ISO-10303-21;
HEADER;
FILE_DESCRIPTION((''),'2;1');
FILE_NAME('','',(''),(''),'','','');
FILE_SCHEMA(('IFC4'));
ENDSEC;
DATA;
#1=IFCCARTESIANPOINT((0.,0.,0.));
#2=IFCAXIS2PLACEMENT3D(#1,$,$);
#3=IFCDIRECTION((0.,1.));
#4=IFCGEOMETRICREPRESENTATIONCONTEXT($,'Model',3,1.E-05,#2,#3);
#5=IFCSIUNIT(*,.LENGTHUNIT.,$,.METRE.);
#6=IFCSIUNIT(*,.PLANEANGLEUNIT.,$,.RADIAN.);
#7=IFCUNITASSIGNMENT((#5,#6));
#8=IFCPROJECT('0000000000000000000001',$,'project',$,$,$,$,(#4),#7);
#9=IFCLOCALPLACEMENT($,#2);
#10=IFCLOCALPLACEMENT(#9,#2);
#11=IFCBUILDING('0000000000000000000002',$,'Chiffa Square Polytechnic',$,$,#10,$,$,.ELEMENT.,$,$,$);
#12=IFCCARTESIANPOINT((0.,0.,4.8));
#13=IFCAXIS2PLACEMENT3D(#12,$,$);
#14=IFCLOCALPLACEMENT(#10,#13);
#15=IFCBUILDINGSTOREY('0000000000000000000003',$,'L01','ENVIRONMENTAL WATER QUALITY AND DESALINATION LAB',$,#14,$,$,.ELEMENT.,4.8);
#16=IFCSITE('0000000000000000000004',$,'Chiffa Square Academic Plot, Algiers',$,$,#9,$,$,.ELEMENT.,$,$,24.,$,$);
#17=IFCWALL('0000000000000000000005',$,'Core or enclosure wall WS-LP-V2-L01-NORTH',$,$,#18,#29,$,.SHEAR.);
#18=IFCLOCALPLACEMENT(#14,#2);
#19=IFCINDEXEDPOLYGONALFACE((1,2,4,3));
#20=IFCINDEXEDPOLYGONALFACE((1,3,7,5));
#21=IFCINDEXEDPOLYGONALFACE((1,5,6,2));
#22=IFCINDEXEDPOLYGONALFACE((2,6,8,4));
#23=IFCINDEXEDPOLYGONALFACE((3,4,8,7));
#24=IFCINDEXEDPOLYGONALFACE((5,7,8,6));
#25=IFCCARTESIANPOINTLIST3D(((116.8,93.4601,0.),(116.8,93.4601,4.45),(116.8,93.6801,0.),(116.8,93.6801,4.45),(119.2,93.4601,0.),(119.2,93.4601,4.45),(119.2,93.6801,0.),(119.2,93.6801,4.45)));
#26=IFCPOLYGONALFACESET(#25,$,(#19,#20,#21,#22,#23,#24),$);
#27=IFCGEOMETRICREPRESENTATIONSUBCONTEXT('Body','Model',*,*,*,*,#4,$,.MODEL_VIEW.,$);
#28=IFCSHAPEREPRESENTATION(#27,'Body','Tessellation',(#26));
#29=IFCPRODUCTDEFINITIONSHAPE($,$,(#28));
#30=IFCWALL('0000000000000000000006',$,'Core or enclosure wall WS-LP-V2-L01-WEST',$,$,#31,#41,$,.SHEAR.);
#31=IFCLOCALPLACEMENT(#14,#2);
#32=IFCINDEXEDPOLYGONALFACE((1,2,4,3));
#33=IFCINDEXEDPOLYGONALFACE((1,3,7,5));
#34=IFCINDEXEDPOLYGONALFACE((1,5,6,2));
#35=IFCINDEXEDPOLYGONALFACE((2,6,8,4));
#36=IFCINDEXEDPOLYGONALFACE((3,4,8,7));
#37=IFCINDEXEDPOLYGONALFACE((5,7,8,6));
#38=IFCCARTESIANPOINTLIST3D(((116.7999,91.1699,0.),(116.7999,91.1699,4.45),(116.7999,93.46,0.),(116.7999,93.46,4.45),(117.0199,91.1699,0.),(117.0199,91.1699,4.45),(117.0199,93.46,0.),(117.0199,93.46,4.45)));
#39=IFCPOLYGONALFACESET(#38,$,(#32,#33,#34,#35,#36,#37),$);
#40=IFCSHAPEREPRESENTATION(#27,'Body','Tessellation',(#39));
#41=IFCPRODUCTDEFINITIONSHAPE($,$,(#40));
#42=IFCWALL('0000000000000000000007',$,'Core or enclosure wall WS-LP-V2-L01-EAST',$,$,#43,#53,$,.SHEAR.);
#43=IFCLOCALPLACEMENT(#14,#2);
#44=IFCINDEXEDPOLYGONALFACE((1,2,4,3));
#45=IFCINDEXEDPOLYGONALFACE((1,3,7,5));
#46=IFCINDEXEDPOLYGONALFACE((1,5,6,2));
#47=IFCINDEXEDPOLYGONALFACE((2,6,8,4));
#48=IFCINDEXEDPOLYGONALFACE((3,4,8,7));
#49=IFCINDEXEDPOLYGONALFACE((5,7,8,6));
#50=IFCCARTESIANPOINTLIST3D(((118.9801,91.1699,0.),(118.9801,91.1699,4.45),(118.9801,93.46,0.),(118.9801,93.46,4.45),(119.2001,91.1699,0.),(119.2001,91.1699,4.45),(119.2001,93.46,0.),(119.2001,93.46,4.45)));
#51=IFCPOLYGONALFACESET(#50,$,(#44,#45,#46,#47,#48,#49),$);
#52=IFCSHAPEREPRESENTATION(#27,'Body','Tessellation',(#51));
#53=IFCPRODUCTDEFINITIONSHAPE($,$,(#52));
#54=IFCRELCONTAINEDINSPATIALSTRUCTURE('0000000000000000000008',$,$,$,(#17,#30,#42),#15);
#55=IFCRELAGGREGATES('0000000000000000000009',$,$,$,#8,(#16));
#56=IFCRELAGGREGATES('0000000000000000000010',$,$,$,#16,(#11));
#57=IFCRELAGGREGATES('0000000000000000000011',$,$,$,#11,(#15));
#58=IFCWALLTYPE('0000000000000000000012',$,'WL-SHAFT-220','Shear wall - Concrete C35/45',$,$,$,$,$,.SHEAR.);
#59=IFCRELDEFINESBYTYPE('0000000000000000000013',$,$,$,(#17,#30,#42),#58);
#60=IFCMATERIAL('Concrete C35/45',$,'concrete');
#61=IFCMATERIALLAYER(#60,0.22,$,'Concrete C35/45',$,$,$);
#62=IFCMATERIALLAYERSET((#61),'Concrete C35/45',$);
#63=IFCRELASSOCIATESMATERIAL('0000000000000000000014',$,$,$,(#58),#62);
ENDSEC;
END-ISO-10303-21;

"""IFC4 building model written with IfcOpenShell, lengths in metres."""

from ifc_helpers import new_model, si_unit, direction, frame, frame_2d, origin, place, context, subcontext, project, spatial, rectangle, extrude, material, layer, layer_set, type_object, element, save


model = new_model("IFC4")

# Units and contexts
model_context = context("Model", 3, precision=1e-05, world=origin(), true_north=direction((0.0, 1.0)))
body_context = subcontext(model_context, "Body", "Model", "MODEL_VIEW")
ifc_project = project(units=[si_unit("LENGTHUNIT", "METRE"), si_unit("PLANEANGLEUNIT", "RADIAN")], contexts=[model_context])

# Site, building, storey
site_placement = place(None, origin())
site = spatial("IfcSite", under=ifc_project, at=site_placement, Name="Chiffa Square Academic Plot, Algiers", CompositionType="ELEMENT", RefElevation=24.0)
building_placement = place(site_placement, origin())
building = spatial("IfcBuilding", under=site, at=building_placement, Name="Chiffa Square Polytechnic", CompositionType="ELEMENT")
storey_placement = place(building_placement, frame((0.0, 0.0, 4.8)))
storey = spatial("IfcBuildingStorey", under=building, at=storey_placement, Name="L01", Description="ENVIRONMENTAL WATER QUALITY AND DESALINATION LAB", CompositionType="ELEMENT", Elevation=4.8)

# Shared definitions
ifc_material_1 = material(Name="Concrete C35/45", Category="concrete")

# Shared definitions
ifc_layer_1 = layer(ifc_material_1, 0.22, Name="Concrete C35/45")
ifc_layer_set_1 = layer_set([ifc_layer_1], Name="Concrete C35/45")
wall_type_1 = type_object("IfcWallType", Name="WL-SHAFT-220", Description="Shear wall - Concrete C35/45", PredefinedType="SHEAR", material=ifc_layer_set_1)

# Walls
wall_1_placement = place(storey_placement, frame((116.8, 93.5701, 0.0), z_axis=(0.0, 0.0, 1.0), x_axis=(1.0, 0.0, 0.0)))
element("IfcWall", 1, at=wall_1_placement, inside=storey, type_object=wall_type_1, Name="Core or enclosure wall WS-LP-V2-L01-NORTH", PredefinedType="SHEAR", context=body_context, shape_type="SweptSolid", body=[
    extrude(rectangle(XDim=2.3999, YDim=0.22, at=frame_2d((1.2, 0.0))), origin(), (0.0, 0.0, 1.0), 4.45),
])
for number, where, z_axis, x_axis, name in (
    (2, (116.9099, 91.1699, 0.0), (0.0, 0.0, 1.0), (0.0, 1.0, 0.0), "Core or enclosure wall WS-LP-V2-L01-WEST"),
    (3, (119.0901, 91.1699, 0.0), (0.0, 0.0, 1.0), (0.0, 1.0, 0.0), "Core or enclosure wall WS-LP-V2-L01-EAST"),
):
    element("IfcWall", number, at=place(storey_placement, frame(where, z_axis=z_axis, x_axis=x_axis)), inside=storey, type_object=wall_type_1, Name=name, PredefinedType="SHEAR", context=body_context, shape_type="SweptSolid", body=[
        extrude(rectangle(XDim=2.29, YDim=0.22, at=frame_2d((1.145, 0.0))), origin(), (0.0, 0.0, 1.0), 4.45),
    ])

save(model, "model.ifc")
